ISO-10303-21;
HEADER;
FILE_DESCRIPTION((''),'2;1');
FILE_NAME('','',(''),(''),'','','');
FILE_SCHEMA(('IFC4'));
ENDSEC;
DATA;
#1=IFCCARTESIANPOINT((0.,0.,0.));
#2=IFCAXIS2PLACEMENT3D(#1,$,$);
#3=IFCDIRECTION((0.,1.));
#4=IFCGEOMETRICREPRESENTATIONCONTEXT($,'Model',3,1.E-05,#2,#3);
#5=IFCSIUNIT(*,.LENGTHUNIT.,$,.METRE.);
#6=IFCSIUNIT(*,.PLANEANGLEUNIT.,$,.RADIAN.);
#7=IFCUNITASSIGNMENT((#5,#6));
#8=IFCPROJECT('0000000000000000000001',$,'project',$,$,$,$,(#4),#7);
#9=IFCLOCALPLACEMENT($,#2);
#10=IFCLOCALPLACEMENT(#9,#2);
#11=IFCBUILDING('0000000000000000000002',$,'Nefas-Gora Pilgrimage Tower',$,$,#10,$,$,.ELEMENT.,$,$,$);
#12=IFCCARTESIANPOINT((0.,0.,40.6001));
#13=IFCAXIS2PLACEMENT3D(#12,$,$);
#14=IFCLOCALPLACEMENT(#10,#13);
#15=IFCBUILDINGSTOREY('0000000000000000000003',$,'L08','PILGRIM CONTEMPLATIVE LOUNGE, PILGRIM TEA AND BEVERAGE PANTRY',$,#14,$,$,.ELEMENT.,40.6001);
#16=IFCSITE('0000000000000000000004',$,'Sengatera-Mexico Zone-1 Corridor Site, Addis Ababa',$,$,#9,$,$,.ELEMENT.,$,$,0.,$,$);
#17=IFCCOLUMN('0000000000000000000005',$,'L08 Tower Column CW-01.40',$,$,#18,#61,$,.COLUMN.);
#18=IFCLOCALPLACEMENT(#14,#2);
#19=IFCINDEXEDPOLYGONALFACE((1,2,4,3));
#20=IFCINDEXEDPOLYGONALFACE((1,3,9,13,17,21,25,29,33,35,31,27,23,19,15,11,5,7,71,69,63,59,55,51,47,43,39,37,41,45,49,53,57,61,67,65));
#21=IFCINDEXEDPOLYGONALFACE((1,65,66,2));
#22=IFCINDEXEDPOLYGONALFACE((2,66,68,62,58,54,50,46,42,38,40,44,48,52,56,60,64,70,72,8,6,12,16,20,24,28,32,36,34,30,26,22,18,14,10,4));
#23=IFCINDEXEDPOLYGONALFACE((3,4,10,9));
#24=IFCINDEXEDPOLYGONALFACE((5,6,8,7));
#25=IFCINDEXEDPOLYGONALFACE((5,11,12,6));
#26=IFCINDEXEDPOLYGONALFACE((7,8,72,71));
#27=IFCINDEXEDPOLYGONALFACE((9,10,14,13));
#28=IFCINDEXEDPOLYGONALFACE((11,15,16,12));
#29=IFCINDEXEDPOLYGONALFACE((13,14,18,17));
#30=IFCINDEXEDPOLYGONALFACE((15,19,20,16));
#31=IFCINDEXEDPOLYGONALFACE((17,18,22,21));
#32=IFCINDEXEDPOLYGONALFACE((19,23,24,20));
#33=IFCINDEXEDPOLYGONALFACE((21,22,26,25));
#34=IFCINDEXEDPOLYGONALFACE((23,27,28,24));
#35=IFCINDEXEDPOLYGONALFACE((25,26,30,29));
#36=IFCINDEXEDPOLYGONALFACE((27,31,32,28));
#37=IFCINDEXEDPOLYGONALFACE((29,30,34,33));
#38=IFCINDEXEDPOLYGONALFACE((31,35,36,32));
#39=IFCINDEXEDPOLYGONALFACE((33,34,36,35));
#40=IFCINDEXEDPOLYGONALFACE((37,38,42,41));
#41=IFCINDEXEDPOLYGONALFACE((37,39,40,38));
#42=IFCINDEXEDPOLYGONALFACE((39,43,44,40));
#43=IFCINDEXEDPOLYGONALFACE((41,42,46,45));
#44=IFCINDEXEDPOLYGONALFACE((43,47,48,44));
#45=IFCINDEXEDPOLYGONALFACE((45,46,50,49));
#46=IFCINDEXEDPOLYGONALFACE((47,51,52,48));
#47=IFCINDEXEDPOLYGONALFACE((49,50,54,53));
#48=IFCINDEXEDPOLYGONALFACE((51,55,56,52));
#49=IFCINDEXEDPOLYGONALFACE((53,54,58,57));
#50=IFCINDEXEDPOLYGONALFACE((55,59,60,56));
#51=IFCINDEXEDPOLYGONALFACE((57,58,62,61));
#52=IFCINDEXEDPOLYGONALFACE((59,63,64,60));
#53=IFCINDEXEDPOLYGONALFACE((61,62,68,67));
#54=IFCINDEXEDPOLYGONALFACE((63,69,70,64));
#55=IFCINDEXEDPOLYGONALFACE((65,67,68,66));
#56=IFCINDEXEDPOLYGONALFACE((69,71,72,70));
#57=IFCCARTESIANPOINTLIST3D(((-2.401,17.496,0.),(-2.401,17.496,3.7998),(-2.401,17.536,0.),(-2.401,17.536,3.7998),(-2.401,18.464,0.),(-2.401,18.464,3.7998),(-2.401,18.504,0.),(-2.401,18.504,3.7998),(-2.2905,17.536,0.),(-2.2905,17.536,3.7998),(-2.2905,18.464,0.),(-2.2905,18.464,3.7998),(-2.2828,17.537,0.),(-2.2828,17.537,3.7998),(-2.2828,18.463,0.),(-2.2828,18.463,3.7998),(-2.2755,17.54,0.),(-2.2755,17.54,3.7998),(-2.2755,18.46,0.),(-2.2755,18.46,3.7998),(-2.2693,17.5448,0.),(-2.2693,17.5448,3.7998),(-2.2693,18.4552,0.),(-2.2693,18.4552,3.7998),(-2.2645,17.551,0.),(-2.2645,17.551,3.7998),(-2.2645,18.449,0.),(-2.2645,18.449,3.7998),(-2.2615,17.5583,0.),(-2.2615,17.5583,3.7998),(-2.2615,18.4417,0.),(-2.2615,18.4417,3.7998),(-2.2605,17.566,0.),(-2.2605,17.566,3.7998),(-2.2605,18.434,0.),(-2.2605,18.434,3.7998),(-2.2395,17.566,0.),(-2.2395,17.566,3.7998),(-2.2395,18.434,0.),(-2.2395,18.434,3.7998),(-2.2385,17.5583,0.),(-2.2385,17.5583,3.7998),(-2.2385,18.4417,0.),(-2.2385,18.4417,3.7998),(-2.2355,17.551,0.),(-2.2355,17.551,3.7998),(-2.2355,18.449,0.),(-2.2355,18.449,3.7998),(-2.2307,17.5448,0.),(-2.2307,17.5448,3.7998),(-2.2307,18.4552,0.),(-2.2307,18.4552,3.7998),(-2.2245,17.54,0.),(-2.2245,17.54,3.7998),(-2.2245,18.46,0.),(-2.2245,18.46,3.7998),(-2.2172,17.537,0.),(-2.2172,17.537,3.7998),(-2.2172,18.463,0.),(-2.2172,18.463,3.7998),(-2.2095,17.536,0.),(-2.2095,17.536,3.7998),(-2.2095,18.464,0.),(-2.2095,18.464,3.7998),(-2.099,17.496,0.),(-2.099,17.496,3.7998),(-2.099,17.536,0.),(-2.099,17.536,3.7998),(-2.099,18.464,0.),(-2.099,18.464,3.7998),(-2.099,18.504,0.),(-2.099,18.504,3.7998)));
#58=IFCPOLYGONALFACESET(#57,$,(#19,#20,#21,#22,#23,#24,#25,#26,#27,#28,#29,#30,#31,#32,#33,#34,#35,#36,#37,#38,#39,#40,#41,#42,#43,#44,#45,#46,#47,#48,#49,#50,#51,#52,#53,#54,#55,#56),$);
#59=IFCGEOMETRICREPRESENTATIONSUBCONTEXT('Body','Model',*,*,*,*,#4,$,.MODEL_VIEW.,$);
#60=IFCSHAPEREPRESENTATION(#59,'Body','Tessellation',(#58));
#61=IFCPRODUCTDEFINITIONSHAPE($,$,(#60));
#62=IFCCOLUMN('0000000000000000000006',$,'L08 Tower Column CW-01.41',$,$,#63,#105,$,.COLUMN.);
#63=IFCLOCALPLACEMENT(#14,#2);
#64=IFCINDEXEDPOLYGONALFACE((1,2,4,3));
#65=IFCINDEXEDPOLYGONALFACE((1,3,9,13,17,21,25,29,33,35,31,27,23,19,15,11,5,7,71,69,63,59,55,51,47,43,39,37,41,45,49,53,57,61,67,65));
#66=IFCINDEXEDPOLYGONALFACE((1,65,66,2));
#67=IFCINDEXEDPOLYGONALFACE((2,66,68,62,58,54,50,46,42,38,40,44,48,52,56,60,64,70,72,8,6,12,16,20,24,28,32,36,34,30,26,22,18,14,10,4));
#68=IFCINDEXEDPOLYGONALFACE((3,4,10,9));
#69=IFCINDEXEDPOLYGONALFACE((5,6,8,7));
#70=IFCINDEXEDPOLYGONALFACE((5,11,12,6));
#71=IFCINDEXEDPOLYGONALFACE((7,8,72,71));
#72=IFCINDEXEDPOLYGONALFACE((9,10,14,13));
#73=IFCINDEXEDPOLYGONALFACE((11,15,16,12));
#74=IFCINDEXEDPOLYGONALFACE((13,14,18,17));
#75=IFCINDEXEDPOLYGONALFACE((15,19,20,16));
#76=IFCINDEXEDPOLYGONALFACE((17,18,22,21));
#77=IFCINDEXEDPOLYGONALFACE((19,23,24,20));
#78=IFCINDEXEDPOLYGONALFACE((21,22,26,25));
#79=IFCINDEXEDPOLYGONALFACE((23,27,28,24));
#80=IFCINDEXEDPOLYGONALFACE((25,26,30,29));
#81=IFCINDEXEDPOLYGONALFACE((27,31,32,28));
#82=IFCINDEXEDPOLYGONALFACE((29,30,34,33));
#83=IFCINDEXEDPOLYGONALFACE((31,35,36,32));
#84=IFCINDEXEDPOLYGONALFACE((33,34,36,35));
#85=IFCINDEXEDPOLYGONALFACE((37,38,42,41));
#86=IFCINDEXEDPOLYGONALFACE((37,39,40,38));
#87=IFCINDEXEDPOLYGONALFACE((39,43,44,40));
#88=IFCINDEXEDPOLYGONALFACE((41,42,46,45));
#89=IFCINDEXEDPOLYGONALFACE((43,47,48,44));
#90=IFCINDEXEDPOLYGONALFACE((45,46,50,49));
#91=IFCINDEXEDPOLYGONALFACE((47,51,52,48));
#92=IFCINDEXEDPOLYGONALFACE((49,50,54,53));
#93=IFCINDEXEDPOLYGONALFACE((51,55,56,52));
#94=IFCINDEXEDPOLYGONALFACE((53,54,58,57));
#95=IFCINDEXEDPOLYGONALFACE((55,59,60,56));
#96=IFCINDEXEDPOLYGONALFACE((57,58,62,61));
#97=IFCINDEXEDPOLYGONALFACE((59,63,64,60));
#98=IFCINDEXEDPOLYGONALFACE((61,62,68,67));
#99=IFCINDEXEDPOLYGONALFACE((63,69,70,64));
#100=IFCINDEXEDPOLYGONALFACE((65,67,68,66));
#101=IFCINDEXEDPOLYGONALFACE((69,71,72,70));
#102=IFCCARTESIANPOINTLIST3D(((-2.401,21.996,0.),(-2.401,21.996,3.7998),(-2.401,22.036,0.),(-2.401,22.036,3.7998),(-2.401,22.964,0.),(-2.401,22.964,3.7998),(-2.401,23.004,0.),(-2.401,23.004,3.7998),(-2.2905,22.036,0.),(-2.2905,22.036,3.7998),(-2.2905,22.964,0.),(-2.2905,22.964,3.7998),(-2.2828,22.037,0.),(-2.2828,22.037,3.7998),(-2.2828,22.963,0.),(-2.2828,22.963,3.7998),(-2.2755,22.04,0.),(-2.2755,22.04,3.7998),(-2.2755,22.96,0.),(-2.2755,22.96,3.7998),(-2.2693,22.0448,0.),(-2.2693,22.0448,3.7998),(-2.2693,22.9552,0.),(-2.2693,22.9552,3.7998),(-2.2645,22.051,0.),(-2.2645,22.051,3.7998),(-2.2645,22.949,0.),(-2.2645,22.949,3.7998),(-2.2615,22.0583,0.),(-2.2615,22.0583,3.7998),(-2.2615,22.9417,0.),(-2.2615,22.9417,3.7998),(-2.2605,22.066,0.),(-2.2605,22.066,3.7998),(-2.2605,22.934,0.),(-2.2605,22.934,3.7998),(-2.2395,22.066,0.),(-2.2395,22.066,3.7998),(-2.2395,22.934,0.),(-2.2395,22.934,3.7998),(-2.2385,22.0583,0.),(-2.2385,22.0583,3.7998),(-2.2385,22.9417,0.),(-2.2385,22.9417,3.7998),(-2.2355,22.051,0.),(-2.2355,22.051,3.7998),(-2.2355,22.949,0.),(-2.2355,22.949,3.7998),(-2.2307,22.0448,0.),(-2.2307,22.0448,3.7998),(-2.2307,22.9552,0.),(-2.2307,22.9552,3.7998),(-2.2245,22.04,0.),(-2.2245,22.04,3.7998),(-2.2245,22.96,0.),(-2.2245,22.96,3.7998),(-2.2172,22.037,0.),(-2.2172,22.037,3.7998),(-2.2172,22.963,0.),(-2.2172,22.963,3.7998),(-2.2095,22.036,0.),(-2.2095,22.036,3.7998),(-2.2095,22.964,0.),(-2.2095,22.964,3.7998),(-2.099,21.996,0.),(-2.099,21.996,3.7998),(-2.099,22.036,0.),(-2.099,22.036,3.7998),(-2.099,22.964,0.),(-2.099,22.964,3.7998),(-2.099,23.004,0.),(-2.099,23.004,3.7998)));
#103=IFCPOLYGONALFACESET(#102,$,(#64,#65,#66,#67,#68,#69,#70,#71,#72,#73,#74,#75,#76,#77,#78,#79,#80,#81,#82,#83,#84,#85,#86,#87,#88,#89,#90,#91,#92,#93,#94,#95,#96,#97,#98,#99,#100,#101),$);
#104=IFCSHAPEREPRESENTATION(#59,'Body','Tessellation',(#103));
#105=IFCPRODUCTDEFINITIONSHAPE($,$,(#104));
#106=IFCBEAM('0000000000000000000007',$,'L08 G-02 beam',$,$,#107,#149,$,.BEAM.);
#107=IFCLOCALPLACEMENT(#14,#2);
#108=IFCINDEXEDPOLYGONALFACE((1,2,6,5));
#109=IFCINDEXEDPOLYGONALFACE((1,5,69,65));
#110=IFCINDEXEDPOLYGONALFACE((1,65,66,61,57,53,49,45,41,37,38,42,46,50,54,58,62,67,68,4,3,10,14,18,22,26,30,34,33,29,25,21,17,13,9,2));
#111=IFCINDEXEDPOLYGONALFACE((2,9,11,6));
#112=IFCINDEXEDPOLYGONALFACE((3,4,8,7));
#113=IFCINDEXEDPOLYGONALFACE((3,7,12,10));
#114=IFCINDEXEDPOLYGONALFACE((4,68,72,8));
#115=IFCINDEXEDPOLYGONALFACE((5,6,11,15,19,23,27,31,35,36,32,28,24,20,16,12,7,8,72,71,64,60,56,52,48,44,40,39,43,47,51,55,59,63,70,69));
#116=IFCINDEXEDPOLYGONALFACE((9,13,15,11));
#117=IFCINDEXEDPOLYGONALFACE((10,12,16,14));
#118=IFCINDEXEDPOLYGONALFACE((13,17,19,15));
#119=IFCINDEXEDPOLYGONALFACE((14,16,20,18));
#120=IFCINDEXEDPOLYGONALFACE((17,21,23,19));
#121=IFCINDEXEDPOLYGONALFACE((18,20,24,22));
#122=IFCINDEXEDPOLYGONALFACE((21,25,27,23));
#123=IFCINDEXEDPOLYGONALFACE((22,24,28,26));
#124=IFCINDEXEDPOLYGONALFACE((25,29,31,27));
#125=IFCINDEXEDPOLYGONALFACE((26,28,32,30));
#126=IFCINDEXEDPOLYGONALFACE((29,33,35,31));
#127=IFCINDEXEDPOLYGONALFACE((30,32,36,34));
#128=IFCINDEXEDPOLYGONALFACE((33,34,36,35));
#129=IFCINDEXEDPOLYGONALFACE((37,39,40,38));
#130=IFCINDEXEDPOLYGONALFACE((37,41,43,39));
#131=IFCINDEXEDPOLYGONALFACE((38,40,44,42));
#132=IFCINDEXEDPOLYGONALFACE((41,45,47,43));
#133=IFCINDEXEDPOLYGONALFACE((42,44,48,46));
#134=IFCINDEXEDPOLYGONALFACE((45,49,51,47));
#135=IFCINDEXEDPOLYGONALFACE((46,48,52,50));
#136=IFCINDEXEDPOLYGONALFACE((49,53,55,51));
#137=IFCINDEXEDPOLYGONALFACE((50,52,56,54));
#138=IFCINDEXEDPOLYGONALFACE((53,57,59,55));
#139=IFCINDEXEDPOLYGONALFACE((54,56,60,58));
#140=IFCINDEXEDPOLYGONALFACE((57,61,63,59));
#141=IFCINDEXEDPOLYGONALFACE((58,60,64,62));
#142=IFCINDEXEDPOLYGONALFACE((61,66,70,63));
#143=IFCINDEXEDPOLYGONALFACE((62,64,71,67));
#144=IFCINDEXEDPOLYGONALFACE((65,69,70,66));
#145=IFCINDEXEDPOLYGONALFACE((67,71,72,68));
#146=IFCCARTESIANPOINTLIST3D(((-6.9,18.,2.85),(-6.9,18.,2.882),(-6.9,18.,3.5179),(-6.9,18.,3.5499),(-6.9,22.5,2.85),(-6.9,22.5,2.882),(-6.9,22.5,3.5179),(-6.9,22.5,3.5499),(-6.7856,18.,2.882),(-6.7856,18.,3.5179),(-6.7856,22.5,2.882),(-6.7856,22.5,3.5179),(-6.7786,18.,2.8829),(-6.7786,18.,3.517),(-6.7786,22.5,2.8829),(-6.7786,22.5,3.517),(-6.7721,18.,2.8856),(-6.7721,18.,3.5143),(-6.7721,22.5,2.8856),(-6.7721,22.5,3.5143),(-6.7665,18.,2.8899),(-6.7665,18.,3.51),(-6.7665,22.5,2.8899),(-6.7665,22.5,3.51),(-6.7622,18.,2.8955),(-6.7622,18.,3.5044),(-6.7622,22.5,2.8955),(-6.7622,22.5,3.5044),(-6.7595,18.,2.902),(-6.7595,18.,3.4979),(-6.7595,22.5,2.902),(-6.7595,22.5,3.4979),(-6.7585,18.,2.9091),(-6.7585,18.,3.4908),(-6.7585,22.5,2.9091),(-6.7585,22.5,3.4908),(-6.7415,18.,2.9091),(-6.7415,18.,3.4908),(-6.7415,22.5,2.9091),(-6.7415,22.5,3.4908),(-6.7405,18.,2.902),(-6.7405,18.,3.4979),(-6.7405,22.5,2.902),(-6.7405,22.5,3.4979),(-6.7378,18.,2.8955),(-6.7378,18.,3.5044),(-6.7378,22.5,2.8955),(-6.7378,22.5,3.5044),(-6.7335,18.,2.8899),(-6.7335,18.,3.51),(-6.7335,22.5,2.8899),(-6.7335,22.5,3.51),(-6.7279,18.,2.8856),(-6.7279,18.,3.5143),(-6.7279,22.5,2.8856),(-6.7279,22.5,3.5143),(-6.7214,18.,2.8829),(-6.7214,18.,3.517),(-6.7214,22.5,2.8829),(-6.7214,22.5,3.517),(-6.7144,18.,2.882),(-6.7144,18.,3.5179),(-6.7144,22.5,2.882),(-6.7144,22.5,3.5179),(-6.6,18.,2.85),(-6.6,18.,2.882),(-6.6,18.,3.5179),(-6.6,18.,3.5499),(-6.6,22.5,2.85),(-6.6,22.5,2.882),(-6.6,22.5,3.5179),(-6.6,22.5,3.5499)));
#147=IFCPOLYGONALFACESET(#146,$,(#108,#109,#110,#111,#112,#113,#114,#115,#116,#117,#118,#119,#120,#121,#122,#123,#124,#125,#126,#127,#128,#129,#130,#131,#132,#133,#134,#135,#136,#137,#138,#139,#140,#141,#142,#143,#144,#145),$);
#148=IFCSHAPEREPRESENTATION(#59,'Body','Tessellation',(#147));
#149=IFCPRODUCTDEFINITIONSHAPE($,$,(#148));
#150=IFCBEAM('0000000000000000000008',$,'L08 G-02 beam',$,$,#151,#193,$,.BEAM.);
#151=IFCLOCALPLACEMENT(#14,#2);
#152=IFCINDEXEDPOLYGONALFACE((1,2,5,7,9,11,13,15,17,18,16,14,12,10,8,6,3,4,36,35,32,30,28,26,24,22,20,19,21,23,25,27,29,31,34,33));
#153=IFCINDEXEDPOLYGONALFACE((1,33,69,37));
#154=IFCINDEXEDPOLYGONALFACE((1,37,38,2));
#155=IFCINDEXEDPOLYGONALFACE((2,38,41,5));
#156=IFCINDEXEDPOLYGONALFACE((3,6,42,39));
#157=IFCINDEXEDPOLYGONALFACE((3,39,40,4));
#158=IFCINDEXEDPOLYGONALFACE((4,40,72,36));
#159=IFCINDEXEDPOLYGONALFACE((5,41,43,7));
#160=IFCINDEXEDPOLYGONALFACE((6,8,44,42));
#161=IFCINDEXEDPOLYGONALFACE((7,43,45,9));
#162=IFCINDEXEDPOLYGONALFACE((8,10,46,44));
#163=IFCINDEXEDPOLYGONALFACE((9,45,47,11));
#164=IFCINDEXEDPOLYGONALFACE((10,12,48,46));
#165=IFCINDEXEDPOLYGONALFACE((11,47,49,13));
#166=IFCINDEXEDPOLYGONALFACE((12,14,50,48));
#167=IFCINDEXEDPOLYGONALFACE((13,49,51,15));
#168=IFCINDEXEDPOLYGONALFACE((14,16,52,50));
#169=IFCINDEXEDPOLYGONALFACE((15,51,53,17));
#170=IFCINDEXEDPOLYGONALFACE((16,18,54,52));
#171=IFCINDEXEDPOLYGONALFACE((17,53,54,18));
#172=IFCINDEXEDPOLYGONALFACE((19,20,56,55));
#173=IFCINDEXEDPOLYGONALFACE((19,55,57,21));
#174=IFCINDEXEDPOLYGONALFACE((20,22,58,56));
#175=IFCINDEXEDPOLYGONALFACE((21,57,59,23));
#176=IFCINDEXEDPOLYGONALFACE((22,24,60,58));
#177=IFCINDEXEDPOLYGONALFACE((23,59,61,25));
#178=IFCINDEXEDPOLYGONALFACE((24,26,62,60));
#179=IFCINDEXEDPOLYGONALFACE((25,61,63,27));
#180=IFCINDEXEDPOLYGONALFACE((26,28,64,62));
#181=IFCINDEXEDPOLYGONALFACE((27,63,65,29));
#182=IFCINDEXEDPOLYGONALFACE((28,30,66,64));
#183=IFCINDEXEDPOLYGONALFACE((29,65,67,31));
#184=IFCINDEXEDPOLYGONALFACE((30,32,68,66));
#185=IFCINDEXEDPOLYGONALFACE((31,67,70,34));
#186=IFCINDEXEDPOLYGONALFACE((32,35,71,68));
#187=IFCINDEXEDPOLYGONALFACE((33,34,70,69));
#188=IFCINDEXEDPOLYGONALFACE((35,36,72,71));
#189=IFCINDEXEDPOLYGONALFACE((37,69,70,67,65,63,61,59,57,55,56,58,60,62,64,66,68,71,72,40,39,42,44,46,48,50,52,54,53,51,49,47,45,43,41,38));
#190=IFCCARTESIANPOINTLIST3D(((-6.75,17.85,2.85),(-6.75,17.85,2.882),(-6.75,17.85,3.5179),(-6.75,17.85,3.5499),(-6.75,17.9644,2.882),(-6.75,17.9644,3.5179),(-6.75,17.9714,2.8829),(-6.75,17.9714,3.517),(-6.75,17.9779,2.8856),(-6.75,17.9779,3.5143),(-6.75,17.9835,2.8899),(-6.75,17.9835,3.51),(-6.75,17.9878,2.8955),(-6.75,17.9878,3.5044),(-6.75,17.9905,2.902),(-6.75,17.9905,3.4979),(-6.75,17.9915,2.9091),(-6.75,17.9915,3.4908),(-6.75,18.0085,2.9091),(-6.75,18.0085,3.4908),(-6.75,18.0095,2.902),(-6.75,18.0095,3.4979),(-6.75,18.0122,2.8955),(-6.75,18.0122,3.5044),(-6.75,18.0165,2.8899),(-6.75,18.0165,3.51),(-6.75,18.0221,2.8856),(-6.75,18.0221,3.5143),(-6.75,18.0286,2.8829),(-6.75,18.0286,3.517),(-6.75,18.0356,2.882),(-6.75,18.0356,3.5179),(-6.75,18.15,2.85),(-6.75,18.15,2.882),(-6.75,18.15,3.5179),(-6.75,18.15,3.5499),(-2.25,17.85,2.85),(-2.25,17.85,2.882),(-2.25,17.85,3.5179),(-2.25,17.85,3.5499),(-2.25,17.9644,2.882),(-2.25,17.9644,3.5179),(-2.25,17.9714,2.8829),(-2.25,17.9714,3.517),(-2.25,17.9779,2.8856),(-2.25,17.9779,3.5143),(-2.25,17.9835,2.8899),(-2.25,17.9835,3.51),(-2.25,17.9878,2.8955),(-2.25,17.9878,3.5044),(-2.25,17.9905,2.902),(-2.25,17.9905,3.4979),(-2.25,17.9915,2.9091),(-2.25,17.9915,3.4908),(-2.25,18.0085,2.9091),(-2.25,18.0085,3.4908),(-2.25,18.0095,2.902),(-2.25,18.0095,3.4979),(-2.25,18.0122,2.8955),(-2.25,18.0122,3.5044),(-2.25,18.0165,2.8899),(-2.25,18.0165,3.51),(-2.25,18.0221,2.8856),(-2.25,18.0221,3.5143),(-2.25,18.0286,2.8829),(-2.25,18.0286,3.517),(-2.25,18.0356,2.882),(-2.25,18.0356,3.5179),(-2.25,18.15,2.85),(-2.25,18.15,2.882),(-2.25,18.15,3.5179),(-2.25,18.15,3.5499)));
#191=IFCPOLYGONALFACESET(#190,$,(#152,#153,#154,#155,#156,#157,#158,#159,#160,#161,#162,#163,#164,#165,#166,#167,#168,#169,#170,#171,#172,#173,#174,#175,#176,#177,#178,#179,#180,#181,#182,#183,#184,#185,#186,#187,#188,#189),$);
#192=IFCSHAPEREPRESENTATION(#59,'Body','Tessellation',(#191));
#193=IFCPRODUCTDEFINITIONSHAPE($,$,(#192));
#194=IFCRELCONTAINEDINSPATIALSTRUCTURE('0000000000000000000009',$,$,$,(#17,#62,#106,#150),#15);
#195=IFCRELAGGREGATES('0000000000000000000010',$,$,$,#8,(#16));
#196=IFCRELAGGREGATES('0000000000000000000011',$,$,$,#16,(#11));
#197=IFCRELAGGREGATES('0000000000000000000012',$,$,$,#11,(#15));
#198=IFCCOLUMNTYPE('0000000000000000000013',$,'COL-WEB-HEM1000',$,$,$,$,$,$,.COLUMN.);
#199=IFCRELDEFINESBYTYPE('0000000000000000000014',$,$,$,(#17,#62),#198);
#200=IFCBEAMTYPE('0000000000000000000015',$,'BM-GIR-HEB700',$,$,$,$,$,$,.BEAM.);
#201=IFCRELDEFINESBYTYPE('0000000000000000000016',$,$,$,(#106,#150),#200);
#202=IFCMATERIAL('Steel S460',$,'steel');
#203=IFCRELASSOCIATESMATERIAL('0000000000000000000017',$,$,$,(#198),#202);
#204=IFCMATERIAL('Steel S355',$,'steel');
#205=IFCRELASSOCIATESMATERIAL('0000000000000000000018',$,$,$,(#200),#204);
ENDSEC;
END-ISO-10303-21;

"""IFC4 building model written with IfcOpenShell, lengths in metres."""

from ifc_helpers import new_model, si_unit, direction, frame, origin, origin_2d, place, context, subcontext, project, spatial, i_section, extrude, source, transform, mapped, material, material_profile, profile_set, type_object, element, save


model = new_model("IFC4")

# Units and contexts
model_context = context("Model", 3, precision=1e-05, world=origin(), true_north=direction((0.0, 1.0)))
body_context = subcontext(model_context, "Body", "Model", "MODEL_VIEW")
ifc_project = project(units=[si_unit("LENGTHUNIT", "METRE"), si_unit("PLANEANGLEUNIT", "RADIAN")], contexts=[model_context])

# Site, building, storey
site_placement = place(None, origin())
site = spatial("IfcSite", under=ifc_project, at=site_placement, Name="Sengatera-Mexico Zone-1 Corridor Site, Addis Ababa", CompositionType="ELEMENT", RefElevation=0.0)
building_placement = place(site_placement, origin())
building = spatial("IfcBuilding", under=site, at=building_placement, Name="Nefas-Gora Pilgrimage Tower", CompositionType="ELEMENT")
storey_placement = place(building_placement, frame((0.0, 0.0, 40.6001)))
storey = spatial("IfcBuildingStorey", under=building, at=storey_placement, Name="L08", Description="PILGRIM CONTEMPLATIVE LOUNGE, PILGRIM TEA AND BEVERAGE PANTRY", CompositionType="ELEMENT", Elevation=40.6001)

# Columns
ifc_material_1 = material(Name="Steel S460", Category="steel")
ifc_material_profile_1 = material_profile(ifc_material_1, i_section(OverallWidth=0.302, OverallDepth=1.0081, WebThickness=0.021, FlangeThickness=0.04, FilletRadius=0.03, at=origin_2d()), Name="HEM 1000")
ifc_profile_set_1 = profile_set([ifc_material_profile_1], Name="Steel S460")
column_type_1 = type_object("IfcColumnType", Name="COL-WEB-HEM1000", PredefinedType="COLUMN", material=ifc_profile_set_1)
shared_shape_1 = source(origin(), body_context, "Body", "SweptSolid", [
    extrude(i_section(OverallWidth=0.302, OverallDepth=1.0081, WebThickness=0.021, FlangeThickness=0.04, FilletRadius=0.03, at=origin_2d()), origin(), (0.0, 0.0, 1.0), 3.7998),
])
for number, where, z_axis, x_axis, name in (
    (1, (-2.25, 18.0, 0.0), (0.0, 0.0, 1.0), (1.0, 0.0, 0.0), "L08 Tower Column CW-01.40"),
    (2, (-2.25, 22.5, 0.0), (0.0, 0.0, 1.0), (1.0, 0.0, 0.0), "L08 Tower Column CW-01.41"),
):
    element("IfcColumn", number, at=place(storey_placement, frame(where, z_axis=z_axis, x_axis=x_axis)), inside=storey, type_object=column_type_1, Name=name, PredefinedType="COLUMN", context=body_context, shape_type="MappedRepresentation", body=[
        mapped(shared_shape_1, transform((0.0, 0.0, 0.0), x_axis=(1.0, 0.0, 0.0), y_axis=(0.0, 1.0, 0.0), z_axis=(0.0, 0.0, 1.0), scale=1.0)),
    ])

# Beams
ifc_material_2 = material(Name="Steel S355", Category="steel")
ifc_material_profile_2 = material_profile(ifc_material_2, i_section(OverallWidth=0.3, OverallDepth=0.7, WebThickness=0.0171, FlangeThickness=0.032, FilletRadius=0.0271, at=origin_2d()), Name="HEB 700")
ifc_profile_set_2 = profile_set([ifc_material_profile_2], Name="Steel S355")
beam_type = type_object("IfcBeamType", Name="BM-GIR-HEB700", PredefinedType="BEAM", material=ifc_profile_set_2)
shared_shape_2 = source(origin(), body_context, "Body", "SweptSolid", [
    extrude(i_section(OverallWidth=0.3, OverallDepth=0.7, WebThickness=0.0171, FlangeThickness=0.032, FilletRadius=0.0271, at=origin_2d()), origin(), (0.0, 0.0, 1.0), 4.5),
])
for number, where, z_axis, x_axis, name in (
    (3, (-6.75, 18.0, 3.2), (0.0, 1.0, 0.0), (-1.0, 0.0, 0.0), "L08 G-02 beam"),
    (4, (-6.75, 18.0, 3.2), (1.0, 0.0, 0.0), (0.0, 1.0, 0.0), "L08 G-02 beam"),
):
    element("IfcBeam", number, at=place(storey_placement, frame(where, z_axis=z_axis, x_axis=x_axis)), inside=storey, type_object=beam_type, Name=name, PredefinedType="BEAM", context=body_context, shape_type="MappedRepresentation", body=[
        mapped(shared_shape_2, transform((0.0, 0.0, 0.0), x_axis=(1.0, 0.0, 0.0), y_axis=(0.0, 1.0, 0.0), z_axis=(0.0, 0.0, 1.0), scale=1.0)),
    ])

save(model, "model.ifc")
